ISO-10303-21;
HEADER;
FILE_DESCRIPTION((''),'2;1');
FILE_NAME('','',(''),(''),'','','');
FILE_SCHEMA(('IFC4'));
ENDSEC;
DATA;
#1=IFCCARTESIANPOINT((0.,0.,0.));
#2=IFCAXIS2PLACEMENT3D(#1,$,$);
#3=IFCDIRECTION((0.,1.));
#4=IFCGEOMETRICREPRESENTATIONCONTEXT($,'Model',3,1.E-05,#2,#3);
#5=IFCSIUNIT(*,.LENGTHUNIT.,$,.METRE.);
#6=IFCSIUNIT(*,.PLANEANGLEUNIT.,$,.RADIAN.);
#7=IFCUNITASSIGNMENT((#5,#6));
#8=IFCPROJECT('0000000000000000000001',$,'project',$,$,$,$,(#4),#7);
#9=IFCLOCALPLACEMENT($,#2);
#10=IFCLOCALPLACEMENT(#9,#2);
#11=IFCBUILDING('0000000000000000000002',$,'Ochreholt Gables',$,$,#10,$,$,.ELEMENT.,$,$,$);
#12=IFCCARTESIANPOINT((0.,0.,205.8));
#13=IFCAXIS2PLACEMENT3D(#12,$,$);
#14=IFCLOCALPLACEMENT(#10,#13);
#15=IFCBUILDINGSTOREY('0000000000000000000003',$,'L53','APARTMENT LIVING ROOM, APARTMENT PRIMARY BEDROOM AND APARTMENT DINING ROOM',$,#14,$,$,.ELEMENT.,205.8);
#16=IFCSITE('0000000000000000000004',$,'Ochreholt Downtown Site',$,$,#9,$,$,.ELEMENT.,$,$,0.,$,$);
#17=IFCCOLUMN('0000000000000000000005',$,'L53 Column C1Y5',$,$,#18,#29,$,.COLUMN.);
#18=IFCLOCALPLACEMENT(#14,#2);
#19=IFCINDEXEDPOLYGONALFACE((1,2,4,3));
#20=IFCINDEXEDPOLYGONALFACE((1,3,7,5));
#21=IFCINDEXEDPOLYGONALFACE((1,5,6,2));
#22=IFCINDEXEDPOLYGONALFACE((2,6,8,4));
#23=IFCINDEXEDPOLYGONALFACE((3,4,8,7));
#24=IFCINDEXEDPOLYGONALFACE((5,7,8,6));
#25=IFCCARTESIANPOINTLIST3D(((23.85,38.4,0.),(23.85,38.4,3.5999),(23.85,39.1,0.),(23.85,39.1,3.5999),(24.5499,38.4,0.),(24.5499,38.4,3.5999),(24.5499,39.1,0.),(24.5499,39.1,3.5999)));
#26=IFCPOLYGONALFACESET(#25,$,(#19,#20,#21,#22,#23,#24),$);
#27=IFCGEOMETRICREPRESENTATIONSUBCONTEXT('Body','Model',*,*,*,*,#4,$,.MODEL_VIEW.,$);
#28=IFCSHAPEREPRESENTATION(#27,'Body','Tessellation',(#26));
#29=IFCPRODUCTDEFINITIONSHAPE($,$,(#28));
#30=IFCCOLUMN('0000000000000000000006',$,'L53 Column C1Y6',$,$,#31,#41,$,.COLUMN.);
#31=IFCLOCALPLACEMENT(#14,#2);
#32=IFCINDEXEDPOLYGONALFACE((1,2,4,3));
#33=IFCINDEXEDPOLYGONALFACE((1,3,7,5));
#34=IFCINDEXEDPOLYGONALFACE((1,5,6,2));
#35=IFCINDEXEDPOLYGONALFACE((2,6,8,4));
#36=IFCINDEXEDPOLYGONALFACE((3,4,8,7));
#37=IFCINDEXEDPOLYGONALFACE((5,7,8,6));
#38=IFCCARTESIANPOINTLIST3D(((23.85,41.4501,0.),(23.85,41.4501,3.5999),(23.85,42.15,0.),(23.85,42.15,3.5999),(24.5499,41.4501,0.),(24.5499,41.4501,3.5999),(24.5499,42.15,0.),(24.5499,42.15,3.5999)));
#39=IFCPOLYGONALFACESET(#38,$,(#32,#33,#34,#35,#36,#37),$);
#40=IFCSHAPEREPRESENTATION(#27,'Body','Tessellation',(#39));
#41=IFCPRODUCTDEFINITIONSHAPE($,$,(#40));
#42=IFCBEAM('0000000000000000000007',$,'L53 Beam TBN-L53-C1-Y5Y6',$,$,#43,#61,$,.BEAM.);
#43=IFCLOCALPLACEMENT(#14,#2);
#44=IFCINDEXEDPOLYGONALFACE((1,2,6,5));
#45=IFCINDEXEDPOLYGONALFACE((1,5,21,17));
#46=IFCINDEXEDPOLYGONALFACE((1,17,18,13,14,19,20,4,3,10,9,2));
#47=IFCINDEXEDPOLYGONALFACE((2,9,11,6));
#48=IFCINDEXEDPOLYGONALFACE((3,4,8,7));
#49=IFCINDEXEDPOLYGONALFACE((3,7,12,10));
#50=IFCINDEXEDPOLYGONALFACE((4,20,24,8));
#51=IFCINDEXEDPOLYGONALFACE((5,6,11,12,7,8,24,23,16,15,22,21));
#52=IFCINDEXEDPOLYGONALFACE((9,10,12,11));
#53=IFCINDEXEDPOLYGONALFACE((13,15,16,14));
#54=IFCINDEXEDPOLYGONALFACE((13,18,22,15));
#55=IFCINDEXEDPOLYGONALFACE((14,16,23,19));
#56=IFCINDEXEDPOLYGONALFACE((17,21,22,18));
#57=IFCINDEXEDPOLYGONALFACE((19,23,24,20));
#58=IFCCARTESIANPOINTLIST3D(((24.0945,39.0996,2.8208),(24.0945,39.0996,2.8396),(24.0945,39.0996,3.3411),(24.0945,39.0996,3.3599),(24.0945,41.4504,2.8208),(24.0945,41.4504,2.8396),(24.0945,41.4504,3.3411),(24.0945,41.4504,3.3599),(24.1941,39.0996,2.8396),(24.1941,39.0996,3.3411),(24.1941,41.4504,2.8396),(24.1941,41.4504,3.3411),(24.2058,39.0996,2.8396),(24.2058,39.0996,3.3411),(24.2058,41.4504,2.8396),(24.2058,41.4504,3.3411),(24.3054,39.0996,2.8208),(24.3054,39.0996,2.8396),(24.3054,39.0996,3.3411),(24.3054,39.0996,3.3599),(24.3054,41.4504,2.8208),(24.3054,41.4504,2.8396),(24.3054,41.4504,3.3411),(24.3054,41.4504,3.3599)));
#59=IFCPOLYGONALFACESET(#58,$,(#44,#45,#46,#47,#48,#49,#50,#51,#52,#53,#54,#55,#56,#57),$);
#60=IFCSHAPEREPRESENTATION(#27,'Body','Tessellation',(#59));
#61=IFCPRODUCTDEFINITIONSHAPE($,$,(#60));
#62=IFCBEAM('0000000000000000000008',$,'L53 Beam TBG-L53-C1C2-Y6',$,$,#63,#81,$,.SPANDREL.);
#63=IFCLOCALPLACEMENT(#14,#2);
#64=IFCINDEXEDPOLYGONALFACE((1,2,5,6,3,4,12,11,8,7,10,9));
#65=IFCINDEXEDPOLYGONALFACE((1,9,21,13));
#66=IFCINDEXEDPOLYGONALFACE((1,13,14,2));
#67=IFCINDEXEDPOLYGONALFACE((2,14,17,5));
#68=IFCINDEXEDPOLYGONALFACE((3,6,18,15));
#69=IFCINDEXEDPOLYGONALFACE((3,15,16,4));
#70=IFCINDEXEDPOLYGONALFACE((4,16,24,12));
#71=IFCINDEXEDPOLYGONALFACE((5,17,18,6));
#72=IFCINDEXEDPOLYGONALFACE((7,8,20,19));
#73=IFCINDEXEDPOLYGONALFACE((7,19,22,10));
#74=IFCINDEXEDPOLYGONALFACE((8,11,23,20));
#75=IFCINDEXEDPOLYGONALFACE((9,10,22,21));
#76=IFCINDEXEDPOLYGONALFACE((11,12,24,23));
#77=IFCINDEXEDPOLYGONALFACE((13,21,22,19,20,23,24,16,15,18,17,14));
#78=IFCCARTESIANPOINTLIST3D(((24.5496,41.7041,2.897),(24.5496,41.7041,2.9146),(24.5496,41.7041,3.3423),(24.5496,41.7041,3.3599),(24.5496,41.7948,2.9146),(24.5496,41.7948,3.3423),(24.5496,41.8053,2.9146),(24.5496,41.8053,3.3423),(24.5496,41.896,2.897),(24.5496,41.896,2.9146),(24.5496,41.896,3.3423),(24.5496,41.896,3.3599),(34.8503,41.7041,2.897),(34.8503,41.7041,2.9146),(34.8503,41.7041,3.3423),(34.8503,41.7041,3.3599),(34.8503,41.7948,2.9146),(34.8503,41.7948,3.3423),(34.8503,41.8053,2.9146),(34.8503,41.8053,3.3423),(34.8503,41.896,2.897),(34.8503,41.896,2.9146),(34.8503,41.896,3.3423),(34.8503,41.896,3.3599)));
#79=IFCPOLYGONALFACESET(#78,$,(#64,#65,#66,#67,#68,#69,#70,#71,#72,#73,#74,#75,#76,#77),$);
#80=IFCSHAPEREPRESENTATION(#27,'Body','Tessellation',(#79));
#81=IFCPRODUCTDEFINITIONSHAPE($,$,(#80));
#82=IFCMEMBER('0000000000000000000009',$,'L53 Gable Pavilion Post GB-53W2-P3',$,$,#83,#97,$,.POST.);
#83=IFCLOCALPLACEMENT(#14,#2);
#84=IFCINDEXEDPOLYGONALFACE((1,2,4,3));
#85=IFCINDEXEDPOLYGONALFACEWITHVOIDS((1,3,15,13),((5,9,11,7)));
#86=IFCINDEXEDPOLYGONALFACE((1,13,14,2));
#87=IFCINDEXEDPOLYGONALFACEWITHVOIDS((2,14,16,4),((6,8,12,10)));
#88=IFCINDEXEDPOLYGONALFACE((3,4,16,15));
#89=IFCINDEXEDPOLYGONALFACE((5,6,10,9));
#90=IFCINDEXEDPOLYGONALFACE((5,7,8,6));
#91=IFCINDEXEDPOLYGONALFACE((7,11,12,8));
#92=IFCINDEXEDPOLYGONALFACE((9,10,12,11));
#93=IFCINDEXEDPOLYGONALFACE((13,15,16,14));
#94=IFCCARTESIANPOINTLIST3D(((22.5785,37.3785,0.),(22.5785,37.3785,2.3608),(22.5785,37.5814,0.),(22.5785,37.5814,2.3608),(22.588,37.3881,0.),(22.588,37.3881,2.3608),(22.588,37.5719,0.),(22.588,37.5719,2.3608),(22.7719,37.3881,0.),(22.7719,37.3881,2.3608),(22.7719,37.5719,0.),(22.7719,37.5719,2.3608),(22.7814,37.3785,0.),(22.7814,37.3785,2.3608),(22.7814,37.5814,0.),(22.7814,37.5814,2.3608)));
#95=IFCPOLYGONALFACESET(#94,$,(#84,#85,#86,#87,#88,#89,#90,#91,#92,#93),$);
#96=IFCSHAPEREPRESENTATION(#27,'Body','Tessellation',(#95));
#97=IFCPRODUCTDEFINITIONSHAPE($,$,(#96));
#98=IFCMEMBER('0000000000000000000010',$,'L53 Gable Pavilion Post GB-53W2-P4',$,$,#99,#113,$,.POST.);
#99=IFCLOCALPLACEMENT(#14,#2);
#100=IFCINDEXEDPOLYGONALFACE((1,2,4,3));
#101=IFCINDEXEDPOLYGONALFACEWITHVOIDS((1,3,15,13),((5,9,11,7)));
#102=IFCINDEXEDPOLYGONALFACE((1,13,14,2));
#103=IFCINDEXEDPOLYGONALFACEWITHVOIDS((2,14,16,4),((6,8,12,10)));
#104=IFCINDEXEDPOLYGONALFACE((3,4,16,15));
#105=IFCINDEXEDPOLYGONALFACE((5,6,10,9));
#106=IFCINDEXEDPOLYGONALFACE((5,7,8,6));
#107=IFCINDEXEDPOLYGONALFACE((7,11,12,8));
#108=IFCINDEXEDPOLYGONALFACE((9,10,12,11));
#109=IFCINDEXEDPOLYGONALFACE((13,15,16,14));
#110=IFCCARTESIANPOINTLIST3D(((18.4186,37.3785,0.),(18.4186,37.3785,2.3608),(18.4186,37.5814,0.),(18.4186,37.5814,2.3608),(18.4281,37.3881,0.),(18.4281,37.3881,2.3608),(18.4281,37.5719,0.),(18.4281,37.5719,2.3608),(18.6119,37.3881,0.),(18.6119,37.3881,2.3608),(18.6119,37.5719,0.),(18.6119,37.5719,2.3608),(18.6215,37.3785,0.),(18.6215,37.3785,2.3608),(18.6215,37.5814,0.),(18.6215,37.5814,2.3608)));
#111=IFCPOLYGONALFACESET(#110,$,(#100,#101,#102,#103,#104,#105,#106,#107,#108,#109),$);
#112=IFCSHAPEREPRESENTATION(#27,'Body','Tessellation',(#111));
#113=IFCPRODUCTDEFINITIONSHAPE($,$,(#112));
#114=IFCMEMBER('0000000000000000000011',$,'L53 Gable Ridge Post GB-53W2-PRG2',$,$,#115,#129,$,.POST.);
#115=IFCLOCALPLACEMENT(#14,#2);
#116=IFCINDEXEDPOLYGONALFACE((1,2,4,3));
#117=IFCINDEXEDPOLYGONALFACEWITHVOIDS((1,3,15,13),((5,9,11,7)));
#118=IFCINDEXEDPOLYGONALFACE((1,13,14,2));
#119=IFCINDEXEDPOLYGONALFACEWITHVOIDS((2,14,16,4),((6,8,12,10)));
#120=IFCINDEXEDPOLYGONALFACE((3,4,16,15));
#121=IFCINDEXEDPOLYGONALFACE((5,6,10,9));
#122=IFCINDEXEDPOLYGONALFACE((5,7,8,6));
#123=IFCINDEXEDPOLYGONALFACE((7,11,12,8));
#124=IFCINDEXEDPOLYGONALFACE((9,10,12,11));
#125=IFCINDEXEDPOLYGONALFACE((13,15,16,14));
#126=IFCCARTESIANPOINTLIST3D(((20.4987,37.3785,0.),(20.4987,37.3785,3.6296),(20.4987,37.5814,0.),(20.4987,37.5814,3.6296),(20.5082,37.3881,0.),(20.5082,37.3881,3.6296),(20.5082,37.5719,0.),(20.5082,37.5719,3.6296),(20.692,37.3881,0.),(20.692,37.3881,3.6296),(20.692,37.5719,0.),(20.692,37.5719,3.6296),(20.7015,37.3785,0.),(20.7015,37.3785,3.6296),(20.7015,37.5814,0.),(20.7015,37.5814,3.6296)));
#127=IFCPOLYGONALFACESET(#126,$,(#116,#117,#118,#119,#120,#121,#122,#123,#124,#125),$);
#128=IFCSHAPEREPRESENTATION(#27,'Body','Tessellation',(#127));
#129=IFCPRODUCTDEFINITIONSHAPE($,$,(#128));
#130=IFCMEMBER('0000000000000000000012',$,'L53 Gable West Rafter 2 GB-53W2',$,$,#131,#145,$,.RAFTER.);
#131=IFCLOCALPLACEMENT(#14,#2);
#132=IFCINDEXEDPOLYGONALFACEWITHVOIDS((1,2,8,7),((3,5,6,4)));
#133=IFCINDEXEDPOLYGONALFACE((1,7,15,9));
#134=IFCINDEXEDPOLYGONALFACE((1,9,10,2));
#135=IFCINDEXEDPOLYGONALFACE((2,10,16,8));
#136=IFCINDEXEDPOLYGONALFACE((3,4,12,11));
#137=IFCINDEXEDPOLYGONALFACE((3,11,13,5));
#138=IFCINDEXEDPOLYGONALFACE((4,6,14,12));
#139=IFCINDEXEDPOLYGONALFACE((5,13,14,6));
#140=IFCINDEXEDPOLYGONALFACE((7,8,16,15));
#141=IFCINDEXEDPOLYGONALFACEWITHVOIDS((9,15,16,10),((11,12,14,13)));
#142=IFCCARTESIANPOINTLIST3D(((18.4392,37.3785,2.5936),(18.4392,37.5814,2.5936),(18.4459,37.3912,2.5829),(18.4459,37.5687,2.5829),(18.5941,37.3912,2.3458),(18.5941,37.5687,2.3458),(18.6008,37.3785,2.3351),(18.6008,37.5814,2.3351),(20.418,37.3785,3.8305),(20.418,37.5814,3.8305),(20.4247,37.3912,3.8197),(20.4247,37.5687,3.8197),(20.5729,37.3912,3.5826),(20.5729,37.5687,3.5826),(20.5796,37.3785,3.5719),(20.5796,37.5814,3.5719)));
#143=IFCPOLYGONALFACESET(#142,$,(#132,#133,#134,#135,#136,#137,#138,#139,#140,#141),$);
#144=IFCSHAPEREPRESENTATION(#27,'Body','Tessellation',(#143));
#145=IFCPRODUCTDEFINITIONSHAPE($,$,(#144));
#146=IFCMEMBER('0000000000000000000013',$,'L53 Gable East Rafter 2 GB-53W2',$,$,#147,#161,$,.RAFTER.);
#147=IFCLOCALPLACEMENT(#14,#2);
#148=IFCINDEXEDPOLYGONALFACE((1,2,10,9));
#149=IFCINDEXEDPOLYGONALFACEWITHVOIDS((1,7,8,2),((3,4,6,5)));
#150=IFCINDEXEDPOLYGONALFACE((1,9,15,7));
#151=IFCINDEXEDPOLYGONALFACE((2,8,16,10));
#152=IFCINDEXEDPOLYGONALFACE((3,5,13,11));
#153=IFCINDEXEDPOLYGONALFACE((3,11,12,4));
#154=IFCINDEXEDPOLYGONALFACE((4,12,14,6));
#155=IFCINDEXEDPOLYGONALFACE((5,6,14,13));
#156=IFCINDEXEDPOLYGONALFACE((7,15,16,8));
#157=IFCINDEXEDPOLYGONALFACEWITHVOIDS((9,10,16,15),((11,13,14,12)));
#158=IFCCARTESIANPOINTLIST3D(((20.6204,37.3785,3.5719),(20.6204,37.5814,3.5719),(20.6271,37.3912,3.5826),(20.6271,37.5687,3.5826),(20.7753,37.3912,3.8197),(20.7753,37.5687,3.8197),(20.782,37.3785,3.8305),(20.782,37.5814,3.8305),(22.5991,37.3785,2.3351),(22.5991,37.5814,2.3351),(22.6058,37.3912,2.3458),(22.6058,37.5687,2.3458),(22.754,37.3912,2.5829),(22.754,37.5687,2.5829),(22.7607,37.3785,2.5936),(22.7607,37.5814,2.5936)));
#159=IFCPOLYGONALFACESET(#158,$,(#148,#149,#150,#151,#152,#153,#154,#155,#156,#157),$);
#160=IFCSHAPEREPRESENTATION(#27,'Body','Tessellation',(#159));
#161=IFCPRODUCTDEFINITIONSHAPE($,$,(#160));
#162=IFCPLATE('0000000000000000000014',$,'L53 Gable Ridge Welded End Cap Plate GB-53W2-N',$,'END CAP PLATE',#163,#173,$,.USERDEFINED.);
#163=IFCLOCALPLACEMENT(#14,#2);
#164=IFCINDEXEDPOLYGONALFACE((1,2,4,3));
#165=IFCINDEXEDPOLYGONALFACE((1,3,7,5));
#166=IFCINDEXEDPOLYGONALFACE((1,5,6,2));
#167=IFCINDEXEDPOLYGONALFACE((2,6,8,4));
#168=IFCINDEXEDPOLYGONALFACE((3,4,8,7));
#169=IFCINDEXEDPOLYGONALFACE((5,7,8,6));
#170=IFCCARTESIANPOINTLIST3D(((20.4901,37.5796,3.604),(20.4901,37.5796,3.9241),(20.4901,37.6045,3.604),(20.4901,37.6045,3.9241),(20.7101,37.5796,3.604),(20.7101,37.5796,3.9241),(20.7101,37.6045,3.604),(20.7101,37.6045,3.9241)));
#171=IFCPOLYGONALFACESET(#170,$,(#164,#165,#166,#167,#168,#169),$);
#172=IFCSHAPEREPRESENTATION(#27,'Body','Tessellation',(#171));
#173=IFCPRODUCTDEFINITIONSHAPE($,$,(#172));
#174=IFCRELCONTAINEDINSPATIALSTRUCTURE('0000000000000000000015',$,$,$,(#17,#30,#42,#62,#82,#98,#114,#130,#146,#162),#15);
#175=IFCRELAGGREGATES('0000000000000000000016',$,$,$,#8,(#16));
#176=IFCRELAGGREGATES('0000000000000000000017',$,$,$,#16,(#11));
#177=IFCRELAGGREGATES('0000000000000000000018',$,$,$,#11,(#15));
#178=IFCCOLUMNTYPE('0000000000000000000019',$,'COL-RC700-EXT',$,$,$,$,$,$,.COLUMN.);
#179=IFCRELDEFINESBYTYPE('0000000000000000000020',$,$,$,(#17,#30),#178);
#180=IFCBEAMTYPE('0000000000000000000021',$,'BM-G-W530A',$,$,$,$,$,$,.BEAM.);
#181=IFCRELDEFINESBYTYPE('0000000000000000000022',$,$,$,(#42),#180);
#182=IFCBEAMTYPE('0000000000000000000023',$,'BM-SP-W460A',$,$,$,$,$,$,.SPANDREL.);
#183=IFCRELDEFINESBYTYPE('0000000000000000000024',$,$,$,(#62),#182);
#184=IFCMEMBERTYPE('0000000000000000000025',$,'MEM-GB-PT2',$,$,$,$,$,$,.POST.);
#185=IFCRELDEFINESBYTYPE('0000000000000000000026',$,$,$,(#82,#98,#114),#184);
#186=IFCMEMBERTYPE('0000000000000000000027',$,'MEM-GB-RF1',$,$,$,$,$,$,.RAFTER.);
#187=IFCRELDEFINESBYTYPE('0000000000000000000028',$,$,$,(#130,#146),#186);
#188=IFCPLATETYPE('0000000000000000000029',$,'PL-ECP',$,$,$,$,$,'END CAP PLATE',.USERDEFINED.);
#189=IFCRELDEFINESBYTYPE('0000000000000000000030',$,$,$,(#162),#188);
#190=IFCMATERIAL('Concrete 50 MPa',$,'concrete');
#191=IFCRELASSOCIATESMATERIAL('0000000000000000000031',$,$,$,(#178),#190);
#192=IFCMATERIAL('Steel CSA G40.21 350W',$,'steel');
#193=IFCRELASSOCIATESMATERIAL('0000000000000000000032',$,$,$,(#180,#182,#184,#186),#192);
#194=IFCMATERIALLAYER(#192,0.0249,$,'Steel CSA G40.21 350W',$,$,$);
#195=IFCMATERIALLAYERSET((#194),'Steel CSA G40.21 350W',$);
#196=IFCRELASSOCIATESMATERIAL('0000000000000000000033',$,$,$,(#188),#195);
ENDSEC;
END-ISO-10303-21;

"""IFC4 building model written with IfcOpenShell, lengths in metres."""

from ifc_helpers import new_model, si_unit, direction, frame, origin, origin_2d, place, context, subcontext, project, spatial, rectangle, hollow_rectangle, i_section, extrude, material, layer, layer_set, material_profile, profile_set, type_object, element, save


model = new_model("IFC4")

# Units and contexts
model_context = context("Model", 3, precision=1e-05, world=origin(), true_north=direction((0.0, 1.0)))
body_context = subcontext(model_context, "Body", "Model", "MODEL_VIEW")
ifc_project = project(units=[si_unit("LENGTHUNIT", "METRE"), si_unit("PLANEANGLEUNIT", "RADIAN")], contexts=[model_context])

# Site, building, storey
site_placement = place(None, origin())
site = spatial("IfcSite", under=ifc_project, at=site_placement, Name="Ochreholt Downtown Site", CompositionType="ELEMENT", RefElevation=0.0)
building_placement = place(site_placement, origin())
building = spatial("IfcBuilding", under=site, at=building_placement, Name="Ochreholt Gables", CompositionType="ELEMENT")
storey_placement = place(building_placement, frame((0.0, 0.0, 205.8)))
storey = spatial("IfcBuildingStorey", under=building, at=storey_placement, Name="L53", Description="APARTMENT LIVING ROOM, APARTMENT PRIMARY BEDROOM AND APARTMENT DINING ROOM", CompositionType="ELEMENT", Elevation=205.8)

# Columns
ifc_material_1 = material(Name="Concrete 50 MPa", Category="concrete")
ifc_material_profile_1 = material_profile(ifc_material_1, rectangle(XDim=0.7, YDim=0.7, at=origin_2d()), Name="RC700X700")
ifc_profile_set_1 = profile_set([ifc_material_profile_1], Name="Concrete 50 MPa")
column_type = type_object("IfcColumnType", Name="COL-RC700-EXT", PredefinedType="COLUMN", material=ifc_profile_set_1)
for number, where, z_axis, x_axis, name in (
    (1, (24.2, 38.75, 0.0), (0.0, 0.0, 1.0), (1.0, 0.0, 0.0), "L53 Column C1Y5"),
    (2, (24.2, 41.8, 0.0), (0.0, 0.0, 1.0), (1.0, 0.0, 0.0), "L53 Column C1Y6"),
):
    element("IfcColumn", number, at=place(storey_placement, frame(where, z_axis=z_axis, x_axis=x_axis)), inside=storey, type_object=column_type, Name=name, PredefinedType="COLUMN", context=body_context, shape_type="SweptSolid", body=[
        extrude(rectangle(XDim=0.7, YDim=0.7, at=origin_2d()), origin(), (0.0, 0.0, 1.0), 3.5999),
    ])

# Beams
ifc_material_2 = material(Name="Steel CSA G40.21 350W", Category="steel")
ifc_material_profile_2 = material_profile(ifc_material_2, i_section(OverallWidth=0.2109, OverallDepth=0.5391, WebThickness=0.0117, FlangeThickness=0.0188, at=origin_2d()), Name="W530X109")
ifc_profile_set_2 = profile_set([ifc_material_profile_2], Name="Steel CSA G40.21 350W")
beam_type_1 = type_object("IfcBeamType", Name="BM-G-W530A", PredefinedType="BEAM", material=ifc_profile_set_2)
beam_1_placement = place(storey_placement, frame((24.2, 39.0996, 3.0903), z_axis=(0.0, 1.0, 0.0), x_axis=(-1.0, 0.0, 0.0)))
element("IfcBeam", 3, at=beam_1_placement, inside=storey, type_object=beam_type_1, Name="L53 Beam TBN-L53-C1-Y5Y6", PredefinedType="BEAM", context=body_context, shape_type="SweptSolid", body=[
    extrude(i_section(OverallWidth=0.2109, OverallDepth=0.5391, WebThickness=0.0117, FlangeThickness=0.0188, at=origin_2d()), origin(), (0.0, 0.0, 1.0), 2.3508),
])
ifc_material_profile_3 = material_profile(ifc_material_2, i_section(OverallWidth=0.1919, OverallDepth=0.4629, WebThickness=0.0105, FlangeThickness=0.0176, at=origin_2d()), Name="W460X89")
ifc_profile_set_3 = profile_set([ifc_material_profile_3], Name="Steel CSA G40.21 350W")
beam_type_2 = type_object("IfcBeamType", Name="BM-SP-W460A", PredefinedType="SPANDREL", material=ifc_profile_set_3)
beam_2_placement = place(storey_placement, frame((24.5496, 41.8, 3.1284), z_axis=(1.0, 0.0, 0.0), x_axis=(0.0, 1.0, 0.0)))
element("IfcBeam", 4, at=beam_2_placement, inside=storey, type_object=beam_type_2, Name="L53 Beam TBG-L53-C1C2-Y6", PredefinedType="SPANDREL", context=body_context, shape_type="SweptSolid", body=[
    extrude(i_section(OverallWidth=0.1919, OverallDepth=0.4629, WebThickness=0.0105, FlangeThickness=0.0176, at=origin_2d()), origin(), (0.0, 0.0, 1.0), 10.3008),
])

# Members
ifc_material_profile_4 = material_profile(ifc_material_2, hollow_rectangle(XDim=0.2029, YDim=0.2029, WallThickness=0.0095, at=origin_2d()), Name="HSS203X203X10")
ifc_profile_set_4 = profile_set([ifc_material_profile_4], Name="Steel CSA G40.21 350W")
member_type_1 = type_object("IfcMemberType", Name="MEM-GB-PT2", PredefinedType="POST", material=ifc_profile_set_4)
for number, where, z_axis, x_axis, name in (
    (5, (22.6799, 37.48, 0.0), (0.0, 0.0, 1.0), (1.0, 0.0, 0.0), "L53 Gable Pavilion Post GB-53W2-P3"),
    (6, (18.52, 37.48, 0.0), (0.0, 0.0, 1.0), (1.0, 0.0, 0.0), "L53 Gable Pavilion Post GB-53W2-P4"),
):
    element("IfcMember", number, at=place(storey_placement, frame(where, z_axis=z_axis, x_axis=x_axis)), inside=storey, type_object=member_type_1, Name=name, PredefinedType="POST", context=body_context, shape_type="SweptSolid", body=[
        extrude(hollow_rectangle(XDim=0.2029, YDim=0.2029, WallThickness=0.0095, at=origin_2d()), origin(), (0.0, 0.0, 1.0), 2.3608),
    ])
member_placement = place(storey_placement, frame((20.6001, 37.48, 0.0), z_axis=(0.0, 0.0, 1.0), x_axis=(1.0, 0.0, 0.0)))
element("IfcMember", 7, at=member_placement, inside=storey, type_object=member_type_1, Name="L53 Gable Ridge Post GB-53W2-PRG2", PredefinedType="POST", context=body_context, shape_type="SweptSolid", body=[
    extrude(hollow_rectangle(XDim=0.2029, YDim=0.2029, WallThickness=0.0095, at=origin_2d()), origin(), (0.0, 0.0, 1.0), 3.6296),
])
ifc_material_profile_5 = material_profile(ifc_material_2, hollow_rectangle(XDim=0.2029, YDim=0.3049, WallThickness=0.0127, at=origin_2d()), Name="HSS305X203X13")
ifc_profile_set_5 = profile_set([ifc_material_profile_5], Name="Steel CSA G40.21 350W")
member_type_2 = type_object("IfcMemberType", Name="MEM-GB-RF1", PredefinedType="RAFTER", material=ifc_profile_set_5)
for number, where, z_axis, x_axis, name in (
    (8, (18.52, 37.48, 2.4644), (0.847981, 0.0, 0.530027), (0.0, 1.0, 0.0), "L53 Gable West Rafter 2 GB-53W2"),
    (9, (22.6799, 37.48, 2.4644), (-0.847981, 0.0, 0.530027), (0.0, -1.0, 0.0), "L53 Gable East Rafter 2 GB-53W2"),
):
    element("IfcMember", number, at=place(storey_placement, frame(where, z_axis=z_axis, x_axis=x_axis)), inside=storey, type_object=member_type_2, Name=name, PredefinedType="RAFTER", context=body_context, shape_type="SweptSolid", body=[
        extrude(hollow_rectangle(XDim=0.2029, YDim=0.3049, WallThickness=0.0127, at=origin_2d()), origin(), (0.0, 0.0, 1.0), 2.3335),
    ])

# Plate
ifc_layer_1 = layer(ifc_material_2, 0.0249, Name="Steel CSA G40.21 350W")
ifc_layer_set_1 = layer_set([ifc_layer_1], Name="Steel CSA G40.21 350W")
plate_type = type_object("IfcPlateType", Name="PL-ECP", ElementType="END CAP PLATE", PredefinedType="USERDEFINED", material=ifc_layer_set_1)
plate_placement = place(storey_placement, frame((20.6001, 37.592, 3.604), z_axis=(0.0, 0.0, 1.0), x_axis=(1.0, 0.0, 0.0)))
element("IfcPlate", 10, at=plate_placement, inside=storey, type_object=plate_type, Name="L53 Gable Ridge Welded End Cap Plate GB-53W2-N", ObjectType="END CAP PLATE", PredefinedType="USERDEFINED", context=body_context, shape_type="SweptSolid", body=[
    extrude(rectangle(XDim=0.22, YDim=0.0249, at=origin_2d()), origin(), (0.0, 0.0, 1.0), 0.3201),
])

save(model, "model.ifc")
